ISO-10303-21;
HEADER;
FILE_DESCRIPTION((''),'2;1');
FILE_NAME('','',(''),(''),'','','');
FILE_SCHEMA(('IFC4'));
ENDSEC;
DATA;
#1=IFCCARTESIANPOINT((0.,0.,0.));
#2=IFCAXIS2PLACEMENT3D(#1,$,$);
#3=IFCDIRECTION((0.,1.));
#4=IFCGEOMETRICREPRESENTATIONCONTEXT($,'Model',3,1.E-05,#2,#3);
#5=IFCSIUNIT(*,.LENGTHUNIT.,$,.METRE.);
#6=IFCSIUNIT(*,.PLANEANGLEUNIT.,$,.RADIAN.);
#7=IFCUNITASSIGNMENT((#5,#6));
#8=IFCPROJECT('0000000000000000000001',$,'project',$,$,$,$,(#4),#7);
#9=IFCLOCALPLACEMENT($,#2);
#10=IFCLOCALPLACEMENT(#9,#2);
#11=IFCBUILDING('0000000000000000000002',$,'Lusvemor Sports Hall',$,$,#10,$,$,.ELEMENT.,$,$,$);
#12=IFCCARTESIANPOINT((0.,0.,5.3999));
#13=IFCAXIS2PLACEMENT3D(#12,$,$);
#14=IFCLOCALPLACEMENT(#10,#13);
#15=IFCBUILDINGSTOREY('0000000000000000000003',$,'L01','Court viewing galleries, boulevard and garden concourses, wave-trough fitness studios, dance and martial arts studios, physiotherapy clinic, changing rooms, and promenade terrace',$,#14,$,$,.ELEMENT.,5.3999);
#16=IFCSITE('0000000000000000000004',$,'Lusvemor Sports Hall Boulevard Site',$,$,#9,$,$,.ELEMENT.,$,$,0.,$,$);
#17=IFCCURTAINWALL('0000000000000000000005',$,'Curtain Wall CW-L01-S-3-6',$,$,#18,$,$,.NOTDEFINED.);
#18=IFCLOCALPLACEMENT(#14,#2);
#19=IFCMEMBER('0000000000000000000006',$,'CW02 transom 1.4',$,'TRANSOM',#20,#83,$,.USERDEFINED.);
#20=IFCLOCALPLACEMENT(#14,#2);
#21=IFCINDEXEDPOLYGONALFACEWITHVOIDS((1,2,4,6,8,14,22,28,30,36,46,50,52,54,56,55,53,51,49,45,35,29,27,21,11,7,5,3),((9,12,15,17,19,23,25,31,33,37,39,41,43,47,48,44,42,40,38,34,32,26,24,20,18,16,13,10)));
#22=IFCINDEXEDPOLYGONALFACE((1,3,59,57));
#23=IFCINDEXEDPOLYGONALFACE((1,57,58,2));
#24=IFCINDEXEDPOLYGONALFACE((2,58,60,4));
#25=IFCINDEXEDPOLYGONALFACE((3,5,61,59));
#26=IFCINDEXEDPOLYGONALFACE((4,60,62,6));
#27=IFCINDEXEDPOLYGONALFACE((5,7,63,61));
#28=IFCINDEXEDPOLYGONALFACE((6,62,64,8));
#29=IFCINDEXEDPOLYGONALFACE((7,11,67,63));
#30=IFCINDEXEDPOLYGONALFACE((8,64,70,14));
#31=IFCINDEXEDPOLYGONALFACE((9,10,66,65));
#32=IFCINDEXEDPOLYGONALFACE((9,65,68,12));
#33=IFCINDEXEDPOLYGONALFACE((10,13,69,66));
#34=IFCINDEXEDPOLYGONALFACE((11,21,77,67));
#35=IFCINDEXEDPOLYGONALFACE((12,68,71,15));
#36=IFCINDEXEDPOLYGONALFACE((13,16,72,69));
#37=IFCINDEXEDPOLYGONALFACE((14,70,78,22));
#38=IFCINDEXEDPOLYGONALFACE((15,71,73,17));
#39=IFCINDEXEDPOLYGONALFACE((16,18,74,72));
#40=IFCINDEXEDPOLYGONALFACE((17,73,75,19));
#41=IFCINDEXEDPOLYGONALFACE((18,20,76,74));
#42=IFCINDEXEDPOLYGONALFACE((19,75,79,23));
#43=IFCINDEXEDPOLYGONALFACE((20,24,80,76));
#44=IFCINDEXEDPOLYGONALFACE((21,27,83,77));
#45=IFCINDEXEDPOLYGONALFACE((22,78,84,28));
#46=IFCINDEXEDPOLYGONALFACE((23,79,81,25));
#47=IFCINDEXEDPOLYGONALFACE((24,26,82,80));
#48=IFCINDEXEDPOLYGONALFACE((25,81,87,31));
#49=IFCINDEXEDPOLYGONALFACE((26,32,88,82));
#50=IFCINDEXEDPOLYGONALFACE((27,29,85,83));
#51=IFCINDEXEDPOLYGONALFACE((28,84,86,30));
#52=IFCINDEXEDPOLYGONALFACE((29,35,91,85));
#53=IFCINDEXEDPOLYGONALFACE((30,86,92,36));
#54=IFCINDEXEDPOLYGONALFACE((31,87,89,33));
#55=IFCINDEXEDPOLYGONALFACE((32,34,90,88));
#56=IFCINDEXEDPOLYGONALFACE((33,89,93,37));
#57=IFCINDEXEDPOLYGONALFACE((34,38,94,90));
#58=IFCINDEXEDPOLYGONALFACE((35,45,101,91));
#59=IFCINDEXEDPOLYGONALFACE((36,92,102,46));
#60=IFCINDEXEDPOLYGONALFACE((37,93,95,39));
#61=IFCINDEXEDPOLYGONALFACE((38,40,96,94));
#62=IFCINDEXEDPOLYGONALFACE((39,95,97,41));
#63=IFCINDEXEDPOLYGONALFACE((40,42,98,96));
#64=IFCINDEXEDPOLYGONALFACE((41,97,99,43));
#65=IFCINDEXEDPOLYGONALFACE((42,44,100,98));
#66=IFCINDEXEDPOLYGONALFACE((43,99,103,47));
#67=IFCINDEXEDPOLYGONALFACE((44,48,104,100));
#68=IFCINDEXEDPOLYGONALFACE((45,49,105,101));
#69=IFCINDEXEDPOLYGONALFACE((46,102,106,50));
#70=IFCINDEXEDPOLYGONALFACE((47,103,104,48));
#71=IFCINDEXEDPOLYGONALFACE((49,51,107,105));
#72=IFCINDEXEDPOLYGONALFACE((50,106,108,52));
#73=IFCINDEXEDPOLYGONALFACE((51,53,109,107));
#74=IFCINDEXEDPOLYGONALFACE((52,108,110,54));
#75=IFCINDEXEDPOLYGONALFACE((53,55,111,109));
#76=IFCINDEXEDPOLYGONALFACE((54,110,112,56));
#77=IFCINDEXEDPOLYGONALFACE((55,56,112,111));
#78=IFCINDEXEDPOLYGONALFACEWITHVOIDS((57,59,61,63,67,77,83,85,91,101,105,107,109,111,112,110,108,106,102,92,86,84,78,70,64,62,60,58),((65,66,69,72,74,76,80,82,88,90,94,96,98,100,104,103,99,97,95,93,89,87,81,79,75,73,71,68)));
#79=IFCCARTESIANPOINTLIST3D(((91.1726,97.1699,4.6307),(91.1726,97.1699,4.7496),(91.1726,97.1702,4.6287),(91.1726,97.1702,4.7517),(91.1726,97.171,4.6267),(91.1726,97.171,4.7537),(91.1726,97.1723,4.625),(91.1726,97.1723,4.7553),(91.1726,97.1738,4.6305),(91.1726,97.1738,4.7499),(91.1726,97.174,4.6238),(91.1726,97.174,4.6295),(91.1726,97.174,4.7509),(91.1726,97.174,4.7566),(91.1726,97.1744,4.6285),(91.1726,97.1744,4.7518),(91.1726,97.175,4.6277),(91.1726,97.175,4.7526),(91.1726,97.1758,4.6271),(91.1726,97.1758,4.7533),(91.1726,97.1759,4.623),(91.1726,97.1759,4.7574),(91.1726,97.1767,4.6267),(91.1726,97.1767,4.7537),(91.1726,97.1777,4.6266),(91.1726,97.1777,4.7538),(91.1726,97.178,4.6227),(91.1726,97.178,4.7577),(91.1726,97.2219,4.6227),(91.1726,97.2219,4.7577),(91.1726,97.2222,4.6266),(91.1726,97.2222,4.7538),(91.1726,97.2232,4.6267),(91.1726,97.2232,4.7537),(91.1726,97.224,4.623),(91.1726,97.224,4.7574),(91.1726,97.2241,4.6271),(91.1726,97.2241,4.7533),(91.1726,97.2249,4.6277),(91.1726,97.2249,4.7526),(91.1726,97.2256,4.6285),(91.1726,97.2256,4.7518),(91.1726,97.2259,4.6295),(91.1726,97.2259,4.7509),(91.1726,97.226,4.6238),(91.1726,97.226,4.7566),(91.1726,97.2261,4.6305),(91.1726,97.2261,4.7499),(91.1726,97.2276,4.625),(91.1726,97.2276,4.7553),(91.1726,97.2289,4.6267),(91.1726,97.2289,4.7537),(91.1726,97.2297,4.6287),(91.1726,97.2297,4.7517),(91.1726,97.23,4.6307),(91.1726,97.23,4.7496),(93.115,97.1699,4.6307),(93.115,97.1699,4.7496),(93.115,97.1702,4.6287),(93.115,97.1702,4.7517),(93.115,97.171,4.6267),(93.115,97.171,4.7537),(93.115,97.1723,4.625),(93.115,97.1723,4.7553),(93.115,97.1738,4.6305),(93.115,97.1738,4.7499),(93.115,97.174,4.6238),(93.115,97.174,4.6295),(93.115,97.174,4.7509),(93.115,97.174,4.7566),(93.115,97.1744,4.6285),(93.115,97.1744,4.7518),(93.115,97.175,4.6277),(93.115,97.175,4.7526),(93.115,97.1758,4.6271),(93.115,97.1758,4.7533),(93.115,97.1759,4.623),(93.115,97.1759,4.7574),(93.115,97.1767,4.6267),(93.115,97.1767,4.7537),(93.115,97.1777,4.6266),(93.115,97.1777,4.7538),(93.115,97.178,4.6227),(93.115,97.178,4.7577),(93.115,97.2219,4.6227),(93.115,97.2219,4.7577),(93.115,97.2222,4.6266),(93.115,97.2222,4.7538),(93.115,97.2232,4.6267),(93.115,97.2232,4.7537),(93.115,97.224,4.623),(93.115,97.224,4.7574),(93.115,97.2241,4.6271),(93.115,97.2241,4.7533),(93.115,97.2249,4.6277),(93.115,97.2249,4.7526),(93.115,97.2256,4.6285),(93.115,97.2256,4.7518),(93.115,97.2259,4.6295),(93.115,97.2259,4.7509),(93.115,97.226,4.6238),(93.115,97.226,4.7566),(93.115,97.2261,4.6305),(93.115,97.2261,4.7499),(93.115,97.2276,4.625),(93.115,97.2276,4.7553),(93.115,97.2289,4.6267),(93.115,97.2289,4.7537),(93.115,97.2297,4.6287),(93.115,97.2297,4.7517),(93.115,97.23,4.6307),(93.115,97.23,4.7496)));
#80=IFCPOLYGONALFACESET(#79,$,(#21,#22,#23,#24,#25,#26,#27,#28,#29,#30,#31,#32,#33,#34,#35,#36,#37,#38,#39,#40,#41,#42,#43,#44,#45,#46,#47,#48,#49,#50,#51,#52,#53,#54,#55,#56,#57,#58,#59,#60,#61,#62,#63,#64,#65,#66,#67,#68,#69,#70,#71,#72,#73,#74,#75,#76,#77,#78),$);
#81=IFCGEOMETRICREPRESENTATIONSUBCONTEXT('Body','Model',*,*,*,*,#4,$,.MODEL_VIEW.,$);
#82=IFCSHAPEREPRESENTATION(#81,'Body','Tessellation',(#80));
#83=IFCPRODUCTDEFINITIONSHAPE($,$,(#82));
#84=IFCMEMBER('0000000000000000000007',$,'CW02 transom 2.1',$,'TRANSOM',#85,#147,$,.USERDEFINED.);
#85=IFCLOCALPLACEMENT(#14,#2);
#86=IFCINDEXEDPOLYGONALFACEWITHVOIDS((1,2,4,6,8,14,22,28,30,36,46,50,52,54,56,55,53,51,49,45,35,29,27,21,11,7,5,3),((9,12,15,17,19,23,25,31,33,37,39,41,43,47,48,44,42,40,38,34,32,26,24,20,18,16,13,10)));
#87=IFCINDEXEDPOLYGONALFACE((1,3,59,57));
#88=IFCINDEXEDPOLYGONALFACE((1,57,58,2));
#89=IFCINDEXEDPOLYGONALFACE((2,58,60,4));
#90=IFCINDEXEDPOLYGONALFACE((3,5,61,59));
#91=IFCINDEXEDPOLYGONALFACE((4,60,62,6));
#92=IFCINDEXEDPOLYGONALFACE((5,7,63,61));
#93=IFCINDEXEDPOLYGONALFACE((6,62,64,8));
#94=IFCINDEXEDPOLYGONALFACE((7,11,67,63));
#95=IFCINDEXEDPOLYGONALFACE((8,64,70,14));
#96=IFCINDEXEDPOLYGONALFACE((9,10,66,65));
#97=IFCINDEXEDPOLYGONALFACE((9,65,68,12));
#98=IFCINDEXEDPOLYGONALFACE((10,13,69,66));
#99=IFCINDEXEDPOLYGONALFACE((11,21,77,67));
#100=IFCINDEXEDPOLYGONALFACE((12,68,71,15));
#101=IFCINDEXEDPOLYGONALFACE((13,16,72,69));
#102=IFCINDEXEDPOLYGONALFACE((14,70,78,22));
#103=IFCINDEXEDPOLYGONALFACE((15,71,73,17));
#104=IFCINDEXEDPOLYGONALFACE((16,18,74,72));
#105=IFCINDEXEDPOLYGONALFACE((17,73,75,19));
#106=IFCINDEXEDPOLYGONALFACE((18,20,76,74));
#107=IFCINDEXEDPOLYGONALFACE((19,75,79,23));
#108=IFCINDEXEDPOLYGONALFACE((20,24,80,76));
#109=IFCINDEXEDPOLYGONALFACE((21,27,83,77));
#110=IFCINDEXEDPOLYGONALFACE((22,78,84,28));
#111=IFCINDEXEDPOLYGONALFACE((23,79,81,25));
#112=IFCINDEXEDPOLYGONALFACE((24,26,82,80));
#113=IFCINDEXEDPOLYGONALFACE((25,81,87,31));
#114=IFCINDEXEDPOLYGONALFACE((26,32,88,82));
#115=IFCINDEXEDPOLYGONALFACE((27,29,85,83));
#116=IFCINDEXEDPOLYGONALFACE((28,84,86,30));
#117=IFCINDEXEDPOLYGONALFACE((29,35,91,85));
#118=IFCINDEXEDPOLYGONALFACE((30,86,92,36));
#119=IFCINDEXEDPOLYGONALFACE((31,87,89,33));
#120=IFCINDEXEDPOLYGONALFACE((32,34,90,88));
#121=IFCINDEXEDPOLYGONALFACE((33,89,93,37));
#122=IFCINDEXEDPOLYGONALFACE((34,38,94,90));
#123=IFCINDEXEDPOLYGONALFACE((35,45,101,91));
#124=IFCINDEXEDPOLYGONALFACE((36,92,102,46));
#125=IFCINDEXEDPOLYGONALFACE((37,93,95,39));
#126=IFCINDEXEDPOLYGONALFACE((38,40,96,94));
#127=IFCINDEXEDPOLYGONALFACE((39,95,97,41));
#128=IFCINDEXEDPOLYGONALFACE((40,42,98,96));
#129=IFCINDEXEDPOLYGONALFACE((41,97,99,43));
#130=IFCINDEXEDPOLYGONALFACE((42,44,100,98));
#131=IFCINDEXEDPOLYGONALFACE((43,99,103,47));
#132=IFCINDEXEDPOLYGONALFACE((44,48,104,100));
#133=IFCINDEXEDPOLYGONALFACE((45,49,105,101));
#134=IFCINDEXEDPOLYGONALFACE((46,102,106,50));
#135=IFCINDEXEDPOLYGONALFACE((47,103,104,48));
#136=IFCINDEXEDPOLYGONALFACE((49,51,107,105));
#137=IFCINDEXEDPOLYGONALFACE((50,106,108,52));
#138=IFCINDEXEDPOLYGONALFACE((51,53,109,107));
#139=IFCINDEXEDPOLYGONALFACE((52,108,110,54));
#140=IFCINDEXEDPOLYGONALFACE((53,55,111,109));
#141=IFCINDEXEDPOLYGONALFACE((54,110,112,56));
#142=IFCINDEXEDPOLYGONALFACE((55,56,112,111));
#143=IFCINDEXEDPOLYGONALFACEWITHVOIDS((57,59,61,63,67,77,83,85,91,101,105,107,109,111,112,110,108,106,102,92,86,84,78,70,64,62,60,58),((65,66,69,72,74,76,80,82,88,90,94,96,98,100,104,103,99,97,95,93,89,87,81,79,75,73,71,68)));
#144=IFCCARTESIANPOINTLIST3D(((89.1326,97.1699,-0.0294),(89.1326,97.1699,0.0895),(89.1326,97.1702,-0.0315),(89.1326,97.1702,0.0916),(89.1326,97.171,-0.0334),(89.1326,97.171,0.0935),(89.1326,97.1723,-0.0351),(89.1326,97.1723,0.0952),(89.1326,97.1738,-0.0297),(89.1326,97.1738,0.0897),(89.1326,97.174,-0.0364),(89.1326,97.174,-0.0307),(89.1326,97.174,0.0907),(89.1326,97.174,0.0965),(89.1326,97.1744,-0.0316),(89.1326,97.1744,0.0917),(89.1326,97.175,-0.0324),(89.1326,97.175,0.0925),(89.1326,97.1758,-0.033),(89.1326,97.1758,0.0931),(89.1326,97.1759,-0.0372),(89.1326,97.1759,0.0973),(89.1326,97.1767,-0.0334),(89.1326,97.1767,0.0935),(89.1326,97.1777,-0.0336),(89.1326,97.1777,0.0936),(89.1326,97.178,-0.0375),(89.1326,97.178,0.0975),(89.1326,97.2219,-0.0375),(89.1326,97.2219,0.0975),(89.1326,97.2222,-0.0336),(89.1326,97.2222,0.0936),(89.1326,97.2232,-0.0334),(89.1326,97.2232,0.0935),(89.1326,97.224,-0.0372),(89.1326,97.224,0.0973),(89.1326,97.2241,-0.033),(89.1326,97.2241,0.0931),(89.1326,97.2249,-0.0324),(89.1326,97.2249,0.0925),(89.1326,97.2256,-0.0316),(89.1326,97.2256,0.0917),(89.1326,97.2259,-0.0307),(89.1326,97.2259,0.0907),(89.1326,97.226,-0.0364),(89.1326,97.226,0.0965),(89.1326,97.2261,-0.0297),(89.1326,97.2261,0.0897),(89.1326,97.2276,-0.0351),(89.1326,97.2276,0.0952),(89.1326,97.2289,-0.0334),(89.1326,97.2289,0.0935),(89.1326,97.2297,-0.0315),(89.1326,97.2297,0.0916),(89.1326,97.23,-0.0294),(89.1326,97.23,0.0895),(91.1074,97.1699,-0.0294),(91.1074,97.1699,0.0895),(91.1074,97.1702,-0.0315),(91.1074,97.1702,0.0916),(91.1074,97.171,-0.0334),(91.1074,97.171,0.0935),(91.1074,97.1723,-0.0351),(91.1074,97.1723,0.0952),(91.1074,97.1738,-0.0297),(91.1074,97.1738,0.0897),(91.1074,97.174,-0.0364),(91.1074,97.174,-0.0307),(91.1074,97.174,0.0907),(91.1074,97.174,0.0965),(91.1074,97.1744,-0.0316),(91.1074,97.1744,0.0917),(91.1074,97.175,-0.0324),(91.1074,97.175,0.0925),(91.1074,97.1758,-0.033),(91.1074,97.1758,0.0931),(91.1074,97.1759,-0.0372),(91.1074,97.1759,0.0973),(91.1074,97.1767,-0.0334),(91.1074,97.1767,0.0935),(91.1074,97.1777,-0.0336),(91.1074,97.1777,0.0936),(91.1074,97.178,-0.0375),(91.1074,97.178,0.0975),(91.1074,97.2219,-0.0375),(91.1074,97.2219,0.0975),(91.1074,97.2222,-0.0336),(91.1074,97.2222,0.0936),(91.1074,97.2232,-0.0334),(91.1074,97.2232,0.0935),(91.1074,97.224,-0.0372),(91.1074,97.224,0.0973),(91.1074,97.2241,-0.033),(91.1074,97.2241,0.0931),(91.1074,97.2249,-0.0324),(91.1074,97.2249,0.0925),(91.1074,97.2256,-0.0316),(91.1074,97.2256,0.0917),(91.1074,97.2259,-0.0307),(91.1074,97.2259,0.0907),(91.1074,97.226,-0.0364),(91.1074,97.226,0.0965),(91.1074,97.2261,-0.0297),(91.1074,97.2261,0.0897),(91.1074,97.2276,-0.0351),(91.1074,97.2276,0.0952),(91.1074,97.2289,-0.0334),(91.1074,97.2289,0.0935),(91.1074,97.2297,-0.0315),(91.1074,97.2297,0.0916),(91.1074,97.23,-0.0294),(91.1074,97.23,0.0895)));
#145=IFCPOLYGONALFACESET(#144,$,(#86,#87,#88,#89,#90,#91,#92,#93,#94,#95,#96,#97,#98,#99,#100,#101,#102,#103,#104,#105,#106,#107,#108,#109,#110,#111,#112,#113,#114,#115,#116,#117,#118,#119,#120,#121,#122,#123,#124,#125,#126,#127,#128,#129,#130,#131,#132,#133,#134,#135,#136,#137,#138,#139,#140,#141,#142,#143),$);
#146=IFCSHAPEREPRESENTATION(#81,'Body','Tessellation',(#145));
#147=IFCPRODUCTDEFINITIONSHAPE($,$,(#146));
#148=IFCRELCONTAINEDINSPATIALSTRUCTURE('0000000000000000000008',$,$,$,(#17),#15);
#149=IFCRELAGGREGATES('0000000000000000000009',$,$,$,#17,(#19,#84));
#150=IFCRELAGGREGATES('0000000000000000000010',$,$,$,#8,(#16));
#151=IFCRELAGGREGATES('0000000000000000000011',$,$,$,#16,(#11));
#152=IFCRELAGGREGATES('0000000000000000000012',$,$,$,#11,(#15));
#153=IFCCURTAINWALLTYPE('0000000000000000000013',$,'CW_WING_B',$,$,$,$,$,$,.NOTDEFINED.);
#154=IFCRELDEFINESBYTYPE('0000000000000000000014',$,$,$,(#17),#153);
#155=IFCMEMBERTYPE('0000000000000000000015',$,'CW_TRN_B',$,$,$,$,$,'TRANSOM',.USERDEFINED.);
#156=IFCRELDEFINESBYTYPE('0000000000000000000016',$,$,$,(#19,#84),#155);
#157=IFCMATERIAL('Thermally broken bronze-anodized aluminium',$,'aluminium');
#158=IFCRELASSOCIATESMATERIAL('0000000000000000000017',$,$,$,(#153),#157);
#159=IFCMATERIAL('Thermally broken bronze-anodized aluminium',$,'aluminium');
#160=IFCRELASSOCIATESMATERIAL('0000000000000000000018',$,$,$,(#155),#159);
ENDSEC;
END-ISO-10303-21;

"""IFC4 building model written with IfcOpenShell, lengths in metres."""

from ifc_helpers import new_model, si_unit, direction, frame, origin, origin_2d, place, context, subcontext, project, spatial, hollow_rectangle, extrude, material, material_profile, profile_set, type_object, element, aggregate, save


model = new_model("IFC4")

# Units and contexts
model_context = context("Model", 3, precision=1e-05, world=origin(), true_north=direction((0.0, 1.0)))
body_context = subcontext(model_context, "Body", "Model", "MODEL_VIEW")
ifc_project = project(units=[si_unit("LENGTHUNIT", "METRE"), si_unit("PLANEANGLEUNIT", "RADIAN")], contexts=[model_context])

# Site, building, storey
site_placement = place(None, origin())
site = spatial("IfcSite", under=ifc_project, at=site_placement, Name="Lusvemor Sports Hall Boulevard Site", CompositionType="ELEMENT", RefElevation=0.0)
building_placement = place(site_placement, origin())
building = spatial("IfcBuilding", under=site, at=building_placement, Name="Lusvemor Sports Hall", CompositionType="ELEMENT")
storey_placement = place(building_placement, frame((0.0, 0.0, 5.3999)))
storey = spatial("IfcBuildingStorey", under=building, at=storey_placement, Name="L01", Description="Court viewing galleries, boulevard and garden concourses, wave-trough fitness studios, dance and martial arts studios, physiotherapy clinic, changing rooms, and promenade terrace", CompositionType="ELEMENT", Elevation=5.3999)

# Curtain wall, members
ifc_material_1 = material(Name="Thermally broken bronze-anodized aluminium", Category="aluminium")
curtain_wall_type = type_object("IfcCurtainWallType", Name="CW_WING_B", PredefinedType="NOTDEFINED", material=ifc_material_1)
curtain_wall_placement = place(storey_placement, origin())
curtain_wall = element("IfcCurtainWall", 1, at=curtain_wall_placement, inside=storey, type_object=curtain_wall_type, Name="Curtain Wall CW-L01-S-3-6", PredefinedType="NOTDEFINED")
ifc_material_2 = material(Name="Thermally broken bronze-anodized aluminium", Category="aluminium")
ifc_material_profile_1 = material_profile(ifc_material_2, hollow_rectangle(XDim=0.0601, YDim=0.135, WallThickness=0.0039, InnerFilletRadius=0.0039, OuterFilletRadius=0.0081, at=origin_2d()), Name="CWTRN135x60x4")
ifc_profile_set_1 = profile_set([ifc_material_profile_1], Name="Thermally broken bronze-anodized aluminium")
member_type_1 = type_object("IfcMemberType", Name="CW_TRN_B", ElementType="TRANSOM", PredefinedType="USERDEFINED", material=ifc_profile_set_1)
member_1_placement = place(storey_placement, frame((93.115, 97.2, 4.6902), z_axis=(-1.0, 0.0, 0.0), x_axis=(0.0, -1.0, 0.0)))
member_1 = element("IfcMember", 2, at=member_1_placement, type_object=member_type_1, Name="CW02 transom 1.4", ObjectType="TRANSOM", PredefinedType="USERDEFINED", context=body_context, shape_type="SweptSolid", body=[
    extrude(hollow_rectangle(XDim=0.0601, YDim=0.135, WallThickness=0.0039, InnerFilletRadius=0.0039, OuterFilletRadius=0.0081, at=origin_2d()), origin(), (0.0, 0.0, 1.0), 1.9424),
])
member_2_placement = place(storey_placement, frame((91.1074, 97.2, 0.03), z_axis=(-1.0, 0.0, 0.0), x_axis=(0.0, -1.0, 0.0)))
member_2 = element("IfcMember", 3, at=member_2_placement, type_object=member_type_1, Name="CW02 transom 2.1", ObjectType="TRANSOM", PredefinedType="USERDEFINED", context=body_context, shape_type="SweptSolid", body=[
    extrude(hollow_rectangle(XDim=0.0601, YDim=0.135, WallThickness=0.0039, InnerFilletRadius=0.0039, OuterFilletRadius=0.0081, at=origin_2d()), origin(), (0.0, 0.0, 1.0), 1.9749),
])

aggregate(curtain_wall, [member_1, member_2])

save(model, "model.ifc")
